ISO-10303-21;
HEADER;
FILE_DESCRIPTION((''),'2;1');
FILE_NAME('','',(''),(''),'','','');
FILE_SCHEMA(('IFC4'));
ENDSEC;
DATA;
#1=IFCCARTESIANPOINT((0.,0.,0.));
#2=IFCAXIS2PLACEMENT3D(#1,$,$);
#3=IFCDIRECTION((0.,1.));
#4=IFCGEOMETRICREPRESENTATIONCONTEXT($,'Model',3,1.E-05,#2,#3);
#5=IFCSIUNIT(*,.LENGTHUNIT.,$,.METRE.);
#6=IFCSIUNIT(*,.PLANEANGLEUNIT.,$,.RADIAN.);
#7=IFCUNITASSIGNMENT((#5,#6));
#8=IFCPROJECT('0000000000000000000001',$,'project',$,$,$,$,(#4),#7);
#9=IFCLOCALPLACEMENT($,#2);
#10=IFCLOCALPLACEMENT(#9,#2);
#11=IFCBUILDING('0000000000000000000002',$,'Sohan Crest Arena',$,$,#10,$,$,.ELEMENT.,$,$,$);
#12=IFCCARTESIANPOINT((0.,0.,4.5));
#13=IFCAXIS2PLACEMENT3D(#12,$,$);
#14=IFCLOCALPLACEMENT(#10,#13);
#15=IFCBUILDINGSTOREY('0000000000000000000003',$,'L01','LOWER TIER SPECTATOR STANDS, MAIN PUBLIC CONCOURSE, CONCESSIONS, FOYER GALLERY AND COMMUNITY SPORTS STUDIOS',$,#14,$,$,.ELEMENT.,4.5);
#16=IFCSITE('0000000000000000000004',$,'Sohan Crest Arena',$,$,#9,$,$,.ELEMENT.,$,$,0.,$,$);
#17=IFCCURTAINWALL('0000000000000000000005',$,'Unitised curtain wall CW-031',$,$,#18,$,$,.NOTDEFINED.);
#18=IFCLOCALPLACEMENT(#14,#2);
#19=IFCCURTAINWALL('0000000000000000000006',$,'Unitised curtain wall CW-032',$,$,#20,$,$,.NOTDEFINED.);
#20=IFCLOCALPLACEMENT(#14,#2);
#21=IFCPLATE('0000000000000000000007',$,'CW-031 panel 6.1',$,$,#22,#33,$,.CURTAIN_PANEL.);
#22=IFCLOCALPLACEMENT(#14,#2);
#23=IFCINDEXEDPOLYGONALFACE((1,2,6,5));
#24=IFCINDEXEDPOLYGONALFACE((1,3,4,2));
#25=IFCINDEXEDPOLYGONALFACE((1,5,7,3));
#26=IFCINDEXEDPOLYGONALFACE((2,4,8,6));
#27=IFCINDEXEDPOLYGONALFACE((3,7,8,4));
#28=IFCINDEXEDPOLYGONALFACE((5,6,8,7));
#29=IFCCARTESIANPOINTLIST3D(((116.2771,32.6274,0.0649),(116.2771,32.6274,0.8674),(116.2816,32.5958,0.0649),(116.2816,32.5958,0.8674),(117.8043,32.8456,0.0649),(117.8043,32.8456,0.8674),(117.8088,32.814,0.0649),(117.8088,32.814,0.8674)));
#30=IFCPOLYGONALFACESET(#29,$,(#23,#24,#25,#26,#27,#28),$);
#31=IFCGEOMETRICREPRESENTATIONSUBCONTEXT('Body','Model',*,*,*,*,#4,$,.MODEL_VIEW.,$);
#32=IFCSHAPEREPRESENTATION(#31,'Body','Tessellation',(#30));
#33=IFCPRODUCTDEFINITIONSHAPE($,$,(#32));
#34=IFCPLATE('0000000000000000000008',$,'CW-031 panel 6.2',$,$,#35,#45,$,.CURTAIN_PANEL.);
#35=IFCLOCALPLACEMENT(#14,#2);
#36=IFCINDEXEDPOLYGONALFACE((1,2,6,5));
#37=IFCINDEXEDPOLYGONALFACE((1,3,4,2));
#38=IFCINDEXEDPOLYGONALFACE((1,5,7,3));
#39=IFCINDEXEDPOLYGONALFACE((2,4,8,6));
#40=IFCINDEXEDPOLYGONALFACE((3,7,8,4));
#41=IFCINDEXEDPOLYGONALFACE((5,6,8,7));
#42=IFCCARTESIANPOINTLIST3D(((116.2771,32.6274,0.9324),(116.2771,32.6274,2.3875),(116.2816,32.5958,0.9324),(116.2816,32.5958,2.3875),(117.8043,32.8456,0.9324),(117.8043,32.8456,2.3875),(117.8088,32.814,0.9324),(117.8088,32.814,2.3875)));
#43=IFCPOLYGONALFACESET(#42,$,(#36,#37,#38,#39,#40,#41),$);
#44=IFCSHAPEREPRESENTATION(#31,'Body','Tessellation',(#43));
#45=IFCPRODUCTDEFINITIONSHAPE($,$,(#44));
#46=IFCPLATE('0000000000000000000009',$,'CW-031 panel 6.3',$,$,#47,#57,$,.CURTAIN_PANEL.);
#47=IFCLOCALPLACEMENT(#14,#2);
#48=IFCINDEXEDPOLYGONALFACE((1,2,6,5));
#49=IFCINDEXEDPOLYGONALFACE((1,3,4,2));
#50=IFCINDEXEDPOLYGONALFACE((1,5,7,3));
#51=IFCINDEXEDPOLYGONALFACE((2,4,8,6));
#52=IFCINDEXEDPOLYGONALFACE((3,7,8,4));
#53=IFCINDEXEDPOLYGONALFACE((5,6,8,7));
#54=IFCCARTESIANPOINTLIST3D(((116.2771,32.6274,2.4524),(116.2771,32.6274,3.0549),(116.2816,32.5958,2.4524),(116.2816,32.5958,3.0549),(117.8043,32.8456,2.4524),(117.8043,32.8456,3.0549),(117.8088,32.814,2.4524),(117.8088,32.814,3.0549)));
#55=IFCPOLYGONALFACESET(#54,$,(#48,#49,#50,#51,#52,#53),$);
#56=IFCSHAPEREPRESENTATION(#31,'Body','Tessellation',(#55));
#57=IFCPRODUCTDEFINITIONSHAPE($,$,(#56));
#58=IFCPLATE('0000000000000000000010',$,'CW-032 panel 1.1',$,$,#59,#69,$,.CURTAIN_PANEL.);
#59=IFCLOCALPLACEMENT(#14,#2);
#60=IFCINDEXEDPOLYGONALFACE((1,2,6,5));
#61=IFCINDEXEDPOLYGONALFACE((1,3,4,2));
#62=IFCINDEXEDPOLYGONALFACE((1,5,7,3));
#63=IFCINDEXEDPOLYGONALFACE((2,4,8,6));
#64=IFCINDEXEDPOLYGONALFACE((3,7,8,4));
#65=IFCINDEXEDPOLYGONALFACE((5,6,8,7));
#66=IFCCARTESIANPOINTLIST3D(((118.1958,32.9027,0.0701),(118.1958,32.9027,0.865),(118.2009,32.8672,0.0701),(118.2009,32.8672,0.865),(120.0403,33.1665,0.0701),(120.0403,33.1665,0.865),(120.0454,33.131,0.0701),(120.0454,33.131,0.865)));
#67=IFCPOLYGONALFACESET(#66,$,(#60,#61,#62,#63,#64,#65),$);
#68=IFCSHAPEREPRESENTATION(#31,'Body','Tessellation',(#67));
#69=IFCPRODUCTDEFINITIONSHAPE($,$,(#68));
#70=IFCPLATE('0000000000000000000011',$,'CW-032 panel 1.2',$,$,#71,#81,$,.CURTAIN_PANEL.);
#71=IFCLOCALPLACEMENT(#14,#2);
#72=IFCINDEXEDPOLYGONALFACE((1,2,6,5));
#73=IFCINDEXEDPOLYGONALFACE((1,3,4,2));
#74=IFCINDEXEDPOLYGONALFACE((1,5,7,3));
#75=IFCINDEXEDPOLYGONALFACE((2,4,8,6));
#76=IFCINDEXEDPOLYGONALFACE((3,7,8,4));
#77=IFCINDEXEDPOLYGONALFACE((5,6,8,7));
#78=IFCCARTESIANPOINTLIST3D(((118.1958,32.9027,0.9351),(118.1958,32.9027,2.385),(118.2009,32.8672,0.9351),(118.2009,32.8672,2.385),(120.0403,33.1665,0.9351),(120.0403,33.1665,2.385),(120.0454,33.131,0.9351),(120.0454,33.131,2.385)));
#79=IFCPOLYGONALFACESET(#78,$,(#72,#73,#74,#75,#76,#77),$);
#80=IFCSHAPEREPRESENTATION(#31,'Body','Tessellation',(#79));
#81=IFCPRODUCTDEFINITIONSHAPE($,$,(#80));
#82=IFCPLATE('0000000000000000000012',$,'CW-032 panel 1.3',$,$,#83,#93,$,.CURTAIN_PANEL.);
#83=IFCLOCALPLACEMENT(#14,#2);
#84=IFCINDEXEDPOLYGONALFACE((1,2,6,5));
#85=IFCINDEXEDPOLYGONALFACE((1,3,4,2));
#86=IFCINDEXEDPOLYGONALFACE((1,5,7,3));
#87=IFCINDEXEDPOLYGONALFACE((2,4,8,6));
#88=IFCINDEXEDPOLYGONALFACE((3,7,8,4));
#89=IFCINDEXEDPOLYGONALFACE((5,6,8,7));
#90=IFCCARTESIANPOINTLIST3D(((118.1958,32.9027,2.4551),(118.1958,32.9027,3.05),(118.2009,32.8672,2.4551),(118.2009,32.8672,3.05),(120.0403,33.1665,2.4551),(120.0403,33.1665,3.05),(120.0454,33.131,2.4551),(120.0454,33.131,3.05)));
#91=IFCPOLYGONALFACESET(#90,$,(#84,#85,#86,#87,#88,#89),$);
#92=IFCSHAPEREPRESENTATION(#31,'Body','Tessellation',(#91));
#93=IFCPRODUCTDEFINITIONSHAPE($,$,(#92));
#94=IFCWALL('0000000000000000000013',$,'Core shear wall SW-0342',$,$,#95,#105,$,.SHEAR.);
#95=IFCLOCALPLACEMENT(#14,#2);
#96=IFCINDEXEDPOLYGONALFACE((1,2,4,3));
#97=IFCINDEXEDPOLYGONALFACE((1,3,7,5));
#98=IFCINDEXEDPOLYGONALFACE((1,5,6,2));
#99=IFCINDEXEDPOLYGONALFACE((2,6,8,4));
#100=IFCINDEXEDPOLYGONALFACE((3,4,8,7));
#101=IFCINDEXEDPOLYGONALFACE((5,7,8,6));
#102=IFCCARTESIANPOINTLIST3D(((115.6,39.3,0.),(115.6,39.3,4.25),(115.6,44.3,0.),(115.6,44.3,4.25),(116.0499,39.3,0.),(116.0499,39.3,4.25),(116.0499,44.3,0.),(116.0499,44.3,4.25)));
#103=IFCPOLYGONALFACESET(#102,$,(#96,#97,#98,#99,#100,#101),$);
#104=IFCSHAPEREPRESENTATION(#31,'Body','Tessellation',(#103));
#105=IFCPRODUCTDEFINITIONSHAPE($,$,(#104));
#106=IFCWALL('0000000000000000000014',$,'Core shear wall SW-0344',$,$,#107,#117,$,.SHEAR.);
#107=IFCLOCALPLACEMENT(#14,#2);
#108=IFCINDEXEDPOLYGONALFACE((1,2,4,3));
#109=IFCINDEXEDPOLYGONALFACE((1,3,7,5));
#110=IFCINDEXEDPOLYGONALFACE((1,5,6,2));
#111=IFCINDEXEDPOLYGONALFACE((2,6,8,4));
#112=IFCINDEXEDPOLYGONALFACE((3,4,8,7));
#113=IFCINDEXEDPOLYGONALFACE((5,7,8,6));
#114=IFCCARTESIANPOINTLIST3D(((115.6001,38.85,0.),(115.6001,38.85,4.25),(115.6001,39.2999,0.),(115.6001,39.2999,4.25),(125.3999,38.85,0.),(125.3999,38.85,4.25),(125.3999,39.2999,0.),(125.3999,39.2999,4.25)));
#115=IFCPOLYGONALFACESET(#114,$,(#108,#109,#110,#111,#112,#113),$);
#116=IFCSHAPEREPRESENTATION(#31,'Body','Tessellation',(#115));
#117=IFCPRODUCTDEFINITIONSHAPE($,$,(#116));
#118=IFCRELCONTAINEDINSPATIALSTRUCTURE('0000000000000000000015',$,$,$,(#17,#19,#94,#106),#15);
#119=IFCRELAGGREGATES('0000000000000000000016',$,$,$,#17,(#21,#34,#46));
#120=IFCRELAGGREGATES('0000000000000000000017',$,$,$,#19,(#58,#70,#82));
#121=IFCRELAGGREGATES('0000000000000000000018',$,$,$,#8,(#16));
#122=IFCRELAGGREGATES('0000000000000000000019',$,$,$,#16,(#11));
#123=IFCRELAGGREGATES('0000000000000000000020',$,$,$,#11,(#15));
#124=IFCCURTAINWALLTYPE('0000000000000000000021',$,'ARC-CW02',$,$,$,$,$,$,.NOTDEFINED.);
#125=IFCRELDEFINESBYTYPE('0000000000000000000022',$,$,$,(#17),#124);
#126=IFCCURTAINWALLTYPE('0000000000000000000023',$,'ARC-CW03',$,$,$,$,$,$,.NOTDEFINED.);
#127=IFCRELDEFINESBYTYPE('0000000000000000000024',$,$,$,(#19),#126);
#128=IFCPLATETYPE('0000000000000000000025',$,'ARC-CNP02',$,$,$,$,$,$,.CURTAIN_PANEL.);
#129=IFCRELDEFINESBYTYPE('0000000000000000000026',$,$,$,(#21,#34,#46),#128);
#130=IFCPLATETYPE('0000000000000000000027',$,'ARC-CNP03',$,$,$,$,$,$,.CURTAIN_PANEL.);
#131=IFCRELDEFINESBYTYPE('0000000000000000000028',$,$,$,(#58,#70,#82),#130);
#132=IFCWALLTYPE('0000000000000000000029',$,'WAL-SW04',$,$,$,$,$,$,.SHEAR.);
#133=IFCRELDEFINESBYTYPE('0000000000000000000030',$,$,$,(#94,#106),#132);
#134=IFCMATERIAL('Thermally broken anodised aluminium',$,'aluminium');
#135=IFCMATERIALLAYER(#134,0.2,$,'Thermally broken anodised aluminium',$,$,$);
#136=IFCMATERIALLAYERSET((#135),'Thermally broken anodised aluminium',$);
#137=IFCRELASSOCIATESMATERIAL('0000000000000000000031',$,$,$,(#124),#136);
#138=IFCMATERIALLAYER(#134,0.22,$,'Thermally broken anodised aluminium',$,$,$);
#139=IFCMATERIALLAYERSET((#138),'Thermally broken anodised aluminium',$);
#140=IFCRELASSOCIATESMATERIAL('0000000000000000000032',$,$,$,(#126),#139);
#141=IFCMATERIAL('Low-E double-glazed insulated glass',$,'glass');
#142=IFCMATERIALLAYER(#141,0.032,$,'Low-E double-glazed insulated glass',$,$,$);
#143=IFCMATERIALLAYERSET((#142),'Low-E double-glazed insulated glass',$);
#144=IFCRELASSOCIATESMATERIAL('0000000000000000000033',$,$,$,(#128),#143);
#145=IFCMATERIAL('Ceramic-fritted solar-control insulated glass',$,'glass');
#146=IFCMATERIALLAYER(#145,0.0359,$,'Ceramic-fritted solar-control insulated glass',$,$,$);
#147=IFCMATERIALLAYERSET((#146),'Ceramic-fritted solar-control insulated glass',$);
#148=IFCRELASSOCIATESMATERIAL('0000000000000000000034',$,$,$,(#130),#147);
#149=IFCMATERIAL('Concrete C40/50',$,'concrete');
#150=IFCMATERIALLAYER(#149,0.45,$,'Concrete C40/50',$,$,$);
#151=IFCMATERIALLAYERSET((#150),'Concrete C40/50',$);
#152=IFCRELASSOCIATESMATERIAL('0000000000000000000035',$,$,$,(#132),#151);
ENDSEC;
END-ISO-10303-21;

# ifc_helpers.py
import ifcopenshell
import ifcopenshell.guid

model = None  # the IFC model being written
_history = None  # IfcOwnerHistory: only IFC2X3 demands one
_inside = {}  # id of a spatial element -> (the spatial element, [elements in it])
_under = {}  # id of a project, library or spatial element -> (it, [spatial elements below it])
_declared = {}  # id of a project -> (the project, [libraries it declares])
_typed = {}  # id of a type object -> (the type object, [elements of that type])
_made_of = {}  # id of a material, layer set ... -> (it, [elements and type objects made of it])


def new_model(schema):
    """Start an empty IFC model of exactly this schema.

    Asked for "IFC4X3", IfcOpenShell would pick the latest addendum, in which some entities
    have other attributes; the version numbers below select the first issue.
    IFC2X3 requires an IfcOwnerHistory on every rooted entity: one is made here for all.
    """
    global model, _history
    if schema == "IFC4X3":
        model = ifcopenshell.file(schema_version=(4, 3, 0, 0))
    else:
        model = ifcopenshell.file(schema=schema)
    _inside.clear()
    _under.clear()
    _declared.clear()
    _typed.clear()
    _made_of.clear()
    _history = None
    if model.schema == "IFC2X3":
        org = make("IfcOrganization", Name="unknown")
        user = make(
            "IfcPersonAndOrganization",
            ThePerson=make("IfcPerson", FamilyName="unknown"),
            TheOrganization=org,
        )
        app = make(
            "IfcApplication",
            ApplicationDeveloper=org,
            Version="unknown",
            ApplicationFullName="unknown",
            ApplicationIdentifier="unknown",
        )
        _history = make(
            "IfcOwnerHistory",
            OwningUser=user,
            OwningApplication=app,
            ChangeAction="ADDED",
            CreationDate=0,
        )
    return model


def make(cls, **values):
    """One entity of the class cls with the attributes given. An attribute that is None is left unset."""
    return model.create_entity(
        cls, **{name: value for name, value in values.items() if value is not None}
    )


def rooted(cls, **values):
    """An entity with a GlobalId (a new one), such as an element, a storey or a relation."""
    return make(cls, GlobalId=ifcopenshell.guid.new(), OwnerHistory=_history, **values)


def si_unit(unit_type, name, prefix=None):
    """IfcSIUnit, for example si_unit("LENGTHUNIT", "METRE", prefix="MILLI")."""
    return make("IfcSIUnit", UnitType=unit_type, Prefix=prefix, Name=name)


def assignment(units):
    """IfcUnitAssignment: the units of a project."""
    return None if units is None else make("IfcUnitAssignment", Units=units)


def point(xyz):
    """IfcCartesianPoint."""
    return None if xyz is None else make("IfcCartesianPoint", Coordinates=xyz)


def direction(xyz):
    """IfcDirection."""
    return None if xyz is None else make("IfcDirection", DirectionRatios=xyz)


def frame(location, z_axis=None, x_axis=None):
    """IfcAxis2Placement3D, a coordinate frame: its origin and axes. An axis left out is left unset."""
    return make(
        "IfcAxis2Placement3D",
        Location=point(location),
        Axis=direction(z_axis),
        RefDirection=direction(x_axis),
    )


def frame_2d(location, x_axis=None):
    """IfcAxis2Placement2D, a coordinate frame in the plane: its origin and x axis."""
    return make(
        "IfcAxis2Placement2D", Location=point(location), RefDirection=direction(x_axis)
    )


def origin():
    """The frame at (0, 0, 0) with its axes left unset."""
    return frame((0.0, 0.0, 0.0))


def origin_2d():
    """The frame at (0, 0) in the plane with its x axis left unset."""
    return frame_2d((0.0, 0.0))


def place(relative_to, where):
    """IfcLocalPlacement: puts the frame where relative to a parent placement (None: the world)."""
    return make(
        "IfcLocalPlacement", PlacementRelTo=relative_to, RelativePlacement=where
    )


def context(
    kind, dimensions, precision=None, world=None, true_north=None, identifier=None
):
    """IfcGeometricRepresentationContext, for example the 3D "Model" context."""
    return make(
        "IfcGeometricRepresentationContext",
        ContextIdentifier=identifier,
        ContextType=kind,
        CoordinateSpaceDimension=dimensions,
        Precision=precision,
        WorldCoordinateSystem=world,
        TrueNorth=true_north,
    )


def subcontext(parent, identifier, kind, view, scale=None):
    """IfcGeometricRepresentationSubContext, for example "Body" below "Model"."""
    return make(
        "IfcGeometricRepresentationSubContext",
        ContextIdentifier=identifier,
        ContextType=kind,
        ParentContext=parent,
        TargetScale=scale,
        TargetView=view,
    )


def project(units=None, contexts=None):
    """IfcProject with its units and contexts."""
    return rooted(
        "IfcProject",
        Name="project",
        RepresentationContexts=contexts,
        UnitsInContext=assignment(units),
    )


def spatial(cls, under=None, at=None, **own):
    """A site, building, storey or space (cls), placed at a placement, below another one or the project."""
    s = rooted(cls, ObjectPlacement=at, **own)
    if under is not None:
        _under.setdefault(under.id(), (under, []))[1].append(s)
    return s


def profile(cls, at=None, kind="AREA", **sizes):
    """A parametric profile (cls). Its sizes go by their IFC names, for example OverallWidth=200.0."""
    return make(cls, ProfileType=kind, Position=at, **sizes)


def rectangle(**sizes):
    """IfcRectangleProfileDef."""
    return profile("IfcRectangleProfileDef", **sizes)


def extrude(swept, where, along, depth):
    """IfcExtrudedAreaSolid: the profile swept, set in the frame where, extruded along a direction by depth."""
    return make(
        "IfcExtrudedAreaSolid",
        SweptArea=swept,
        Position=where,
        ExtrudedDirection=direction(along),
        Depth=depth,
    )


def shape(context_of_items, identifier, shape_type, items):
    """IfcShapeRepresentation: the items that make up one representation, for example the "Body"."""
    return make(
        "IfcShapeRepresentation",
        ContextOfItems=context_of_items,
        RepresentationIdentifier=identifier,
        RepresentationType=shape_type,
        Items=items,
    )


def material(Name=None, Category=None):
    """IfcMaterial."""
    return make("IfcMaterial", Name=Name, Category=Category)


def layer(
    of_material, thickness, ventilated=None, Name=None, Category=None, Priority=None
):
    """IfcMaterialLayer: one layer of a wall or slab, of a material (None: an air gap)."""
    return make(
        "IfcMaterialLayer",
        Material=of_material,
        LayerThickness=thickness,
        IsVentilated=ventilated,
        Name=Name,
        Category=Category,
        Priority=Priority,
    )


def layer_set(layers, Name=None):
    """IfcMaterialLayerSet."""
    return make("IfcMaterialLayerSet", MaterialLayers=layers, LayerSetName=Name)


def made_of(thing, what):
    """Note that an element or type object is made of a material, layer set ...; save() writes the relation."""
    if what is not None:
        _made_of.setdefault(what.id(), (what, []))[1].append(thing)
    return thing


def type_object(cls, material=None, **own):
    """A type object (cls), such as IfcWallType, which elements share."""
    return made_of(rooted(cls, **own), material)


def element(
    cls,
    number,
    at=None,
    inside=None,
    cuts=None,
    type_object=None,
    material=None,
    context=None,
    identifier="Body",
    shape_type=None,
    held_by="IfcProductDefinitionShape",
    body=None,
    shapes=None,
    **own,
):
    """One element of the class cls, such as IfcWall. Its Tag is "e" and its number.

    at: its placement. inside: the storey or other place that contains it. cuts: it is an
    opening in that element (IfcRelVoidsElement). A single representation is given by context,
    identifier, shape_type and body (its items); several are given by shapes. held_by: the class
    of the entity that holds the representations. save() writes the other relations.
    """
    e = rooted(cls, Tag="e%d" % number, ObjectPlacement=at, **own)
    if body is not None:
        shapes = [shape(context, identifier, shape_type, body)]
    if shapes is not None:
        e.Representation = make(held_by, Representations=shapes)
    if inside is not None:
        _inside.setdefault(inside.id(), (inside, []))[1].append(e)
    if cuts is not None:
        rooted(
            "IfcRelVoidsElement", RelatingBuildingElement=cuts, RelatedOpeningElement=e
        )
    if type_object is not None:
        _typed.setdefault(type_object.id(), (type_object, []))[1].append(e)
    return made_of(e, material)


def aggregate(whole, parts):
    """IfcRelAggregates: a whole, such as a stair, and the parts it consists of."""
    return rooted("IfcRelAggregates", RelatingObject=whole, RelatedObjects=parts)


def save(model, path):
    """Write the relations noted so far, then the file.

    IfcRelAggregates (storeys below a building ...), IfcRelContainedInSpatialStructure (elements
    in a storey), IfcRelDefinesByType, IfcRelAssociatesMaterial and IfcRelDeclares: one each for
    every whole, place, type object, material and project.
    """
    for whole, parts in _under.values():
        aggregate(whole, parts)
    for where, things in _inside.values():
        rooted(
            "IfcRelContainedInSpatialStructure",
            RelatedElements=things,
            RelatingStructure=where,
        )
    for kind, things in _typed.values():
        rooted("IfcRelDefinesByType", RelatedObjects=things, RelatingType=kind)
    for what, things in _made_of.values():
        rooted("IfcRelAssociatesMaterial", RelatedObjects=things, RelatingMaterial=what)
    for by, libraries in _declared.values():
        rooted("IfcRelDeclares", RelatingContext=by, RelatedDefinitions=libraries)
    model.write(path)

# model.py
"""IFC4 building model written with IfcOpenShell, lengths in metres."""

from ifc_helpers import new_model, si_unit, direction, frame, frame_2d, origin, origin_2d, place, context, subcontext, project, spatial, rectangle, extrude, material, layer, layer_set, type_object, element, aggregate, save


model = new_model("IFC4")

# Units and contexts
model_context = context("Model", 3, precision=1e-05, world=origin(), true_north=direction((0.0, 1.0)))
body_context = subcontext(model_context, "Body", "Model", "MODEL_VIEW")
ifc_project = project(units=[si_unit("LENGTHUNIT", "METRE"), si_unit("PLANEANGLEUNIT", "RADIAN")], contexts=[model_context])

# Site, building, storey
site_placement = place(None, origin())
site = spatial("IfcSite", under=ifc_project, at=site_placement, Name="Sohan Crest Arena", CompositionType="ELEMENT", RefElevation=0.0)
building_placement = place(site_placement, origin())
building = spatial("IfcBuilding", under=site, at=building_placement, Name="Sohan Crest Arena", CompositionType="ELEMENT")
storey_placement = place(building_placement, frame((0.0, 0.0, 4.5)))
storey = spatial("IfcBuildingStorey", under=building, at=storey_placement, Name="L01", Description="LOWER TIER SPECTATOR STANDS, MAIN PUBLIC CONCOURSE, CONCESSIONS, FOYER GALLERY AND COMMUNITY SPORTS STUDIOS", CompositionType="ELEMENT", Elevation=4.5)

# Curtain walls
ifc_material_1 = material(Name="Thermally broken anodised aluminium", Category="aluminium")
ifc_layer_1 = layer(ifc_material_1, 0.2, Name="Thermally broken anodised aluminium")
ifc_layer_set_1 = layer_set([ifc_layer_1], Name="Thermally broken anodised aluminium")
curtain_wall_type_1 = type_object("IfcCurtainWallType", Name="ARC-CW02", PredefinedType="NOTDEFINED", material=ifc_layer_set_1)
curtain_wall_1_placement = place(storey_placement, origin())
curtain_wall_1 = element("IfcCurtainWall", 1, at=curtain_wall_1_placement, inside=storey, type_object=curtain_wall_type_1, Name="Unitised curtain wall CW-031", PredefinedType="NOTDEFINED")
ifc_layer_2 = layer(ifc_material_1, 0.22, Name="Thermally broken anodised aluminium")
ifc_layer_set_2 = layer_set([ifc_layer_2], Name="Thermally broken anodised aluminium")
curtain_wall_type_2 = type_object("IfcCurtainWallType", Name="ARC-CW03", PredefinedType="NOTDEFINED", material=ifc_layer_set_2)
curtain_wall_2_placement = place(storey_placement, origin())
curtain_wall_2 = element("IfcCurtainWall", 2, at=curtain_wall_2_placement, inside=storey, type_object=curtain_wall_type_2, Name="Unitised curtain wall CW-032", PredefinedType="NOTDEFINED")

# Plates
ifc_material_2 = material(Name="Low-E double-glazed insulated glass", Category="glass")
ifc_layer_3 = layer(ifc_material_2, 0.032, Name="Low-E double-glazed insulated glass")
ifc_layer_set_3 = layer_set([ifc_layer_3], Name="Low-E double-glazed insulated glass")
plate_type_1 = type_object("IfcPlateType", Name="ARC-CNP02", PredefinedType="CURTAIN_PANEL", material=ifc_layer_set_3)
plate_1_placement = place(storey_placement, frame((117.043, 32.7207, 0.0649), z_axis=(0.0, 0.0, 1.0), x_axis=(0.989945, 0.14145, 0.0)))
plate_1 = element("IfcPlate", 3, at=plate_1_placement, type_object=plate_type_1, Name="CW-031 panel 6.1", PredefinedType="CURTAIN_PANEL", context=body_context, shape_type="SweptSolid", body=[
    extrude(rectangle(XDim=1.5427, YDim=0.032, at=origin_2d()), origin(), (0.0, 0.0, 1.0), 0.8025),
])
plate_2_placement = place(storey_placement, frame((117.043, 32.7207, 0.9324), z_axis=(0.0, 0.0, 1.0), x_axis=(0.989945, 0.14145, 0.0)))
plate_2 = element("IfcPlate", 4, at=plate_2_placement, type_object=plate_type_1, Name="CW-031 panel 6.2", PredefinedType="CURTAIN_PANEL", context=body_context, shape_type="SweptSolid", body=[
    extrude(rectangle(XDim=1.5427, YDim=0.032, at=origin_2d()), origin(), (0.0, 0.0, 1.0), 1.4551),
])
plate_3_placement = place(storey_placement, frame((117.043, 32.7207, 2.4524), z_axis=(0.0, 0.0, 1.0), x_axis=(0.989945, 0.14145, 0.0)))
plate_3 = element("IfcPlate", 5, at=plate_3_placement, type_object=plate_type_1, Name="CW-031 panel 6.3", PredefinedType="CURTAIN_PANEL", context=body_context, shape_type="SweptSolid", body=[
    extrude(rectangle(XDim=1.5427, YDim=0.032, at=origin_2d()), origin(), (0.0, 0.0, 1.0), 0.6025),
])
aggregate(curtain_wall_1, [plate_1, plate_2, plate_3])
ifc_material_3 = material(Name="Ceramic-fritted solar-control insulated glass", Category="glass")
ifc_layer_4 = layer(ifc_material_3, 0.0359, Name="Ceramic-fritted solar-control insulated glass")
ifc_layer_set_4 = layer_set([ifc_layer_4], Name="Ceramic-fritted solar-control insulated glass")
plate_type_2 = type_object("IfcPlateType", Name="ARC-CNP03", PredefinedType="CURTAIN_PANEL", material=ifc_layer_set_4)
plate_4_placement = place(storey_placement, frame((119.1206, 33.0168, 0.0701), z_axis=(0.0, 0.0, 1.0), x_axis=(0.989931, 0.141549, 0.0)))
plate_4 = element("IfcPlate", 6, at=plate_4_placement, type_object=plate_type_2, Name="CW-032 panel 1.1", PredefinedType="CURTAIN_PANEL", context=body_context, shape_type="SweptSolid", body=[
    extrude(rectangle(XDim=1.8633, YDim=0.0359, at=origin_2d()), origin(), (0.0, 0.0, 1.0), 0.7949),
])
plate_5_placement = place(storey_placement, frame((119.1206, 33.0168, 0.9351), z_axis=(0.0, 0.0, 1.0), x_axis=(0.989931, 0.141549, 0.0)))
plate_5 = element("IfcPlate", 7, at=plate_5_placement, type_object=plate_type_2, Name="CW-032 panel 1.2", PredefinedType="CURTAIN_PANEL", context=body_context, shape_type="SweptSolid", body=[
    extrude(rectangle(XDim=1.8633, YDim=0.0359, at=origin_2d()), origin(), (0.0, 0.0, 1.0), 1.45),
])
plate_6_placement = place(storey_placement, frame((119.1206, 33.0168, 2.4551), z_axis=(0.0, 0.0, 1.0), x_axis=(0.989931, 0.141549, 0.0)))
plate_6 = element("IfcPlate", 8, at=plate_6_placement, type_object=plate_type_2, Name="CW-032 panel 1.3", PredefinedType="CURTAIN_PANEL", context=body_context, shape_type="SweptSolid", body=[
    extrude(rectangle(XDim=1.8633, YDim=0.0359, at=origin_2d()), origin(), (0.0, 0.0, 1.0), 0.595),
])
aggregate(curtain_wall_2, [plate_4, plate_5, plate_6])

# Walls
ifc_material_4 = material(Name="Concrete C40/50", Category="concrete")
ifc_layer_5 = layer(ifc_material_4, 0.45, Name="Concrete C40/50")
ifc_layer_set_5 = layer_set([ifc_layer_5], Name="Concrete C40/50")
wall_type = type_object("IfcWallType", Name="WAL-SW04", PredefinedType="SHEAR", material=ifc_layer_set_5)
wall_1_placement = place(storey_placement, frame((115.825, 39.3, 0.0), z_axis=(0.0, 0.0, 1.0), x_axis=(0.0, 1.0, 0.0)))
element("IfcWall", 9, at=wall_1_placement, inside=storey, type_object=wall_type, Name="Core shear wall SW-0342", PredefinedType="SHEAR", context=body_context, shape_type="SweptSolid", body=[
    extrude(rectangle(XDim=5.0, YDim=0.45, at=frame_2d((2.5, 0.0))), origin(), (0.0, 0.0, 1.0), 4.25),
])
wall_2_placement = place(storey_placement, frame((115.6001, 39.075, 0.0), z_axis=(0.0, 0.0, 1.0), x_axis=(1.0, 0.0, 0.0)))
element("IfcWall", 10, at=wall_2_placement, inside=storey, type_object=wall_type, Name="Core shear wall SW-0344", PredefinedType="SHEAR", context=body_context, shape_type="SweptSolid", body=[
    extrude(rectangle(XDim=9.7998, YDim=0.45, at=frame_2d((4.8999, 0.0))), origin(), (0.0, 0.0, 1.0), 4.25),
])

save(model, "model.ifc")
